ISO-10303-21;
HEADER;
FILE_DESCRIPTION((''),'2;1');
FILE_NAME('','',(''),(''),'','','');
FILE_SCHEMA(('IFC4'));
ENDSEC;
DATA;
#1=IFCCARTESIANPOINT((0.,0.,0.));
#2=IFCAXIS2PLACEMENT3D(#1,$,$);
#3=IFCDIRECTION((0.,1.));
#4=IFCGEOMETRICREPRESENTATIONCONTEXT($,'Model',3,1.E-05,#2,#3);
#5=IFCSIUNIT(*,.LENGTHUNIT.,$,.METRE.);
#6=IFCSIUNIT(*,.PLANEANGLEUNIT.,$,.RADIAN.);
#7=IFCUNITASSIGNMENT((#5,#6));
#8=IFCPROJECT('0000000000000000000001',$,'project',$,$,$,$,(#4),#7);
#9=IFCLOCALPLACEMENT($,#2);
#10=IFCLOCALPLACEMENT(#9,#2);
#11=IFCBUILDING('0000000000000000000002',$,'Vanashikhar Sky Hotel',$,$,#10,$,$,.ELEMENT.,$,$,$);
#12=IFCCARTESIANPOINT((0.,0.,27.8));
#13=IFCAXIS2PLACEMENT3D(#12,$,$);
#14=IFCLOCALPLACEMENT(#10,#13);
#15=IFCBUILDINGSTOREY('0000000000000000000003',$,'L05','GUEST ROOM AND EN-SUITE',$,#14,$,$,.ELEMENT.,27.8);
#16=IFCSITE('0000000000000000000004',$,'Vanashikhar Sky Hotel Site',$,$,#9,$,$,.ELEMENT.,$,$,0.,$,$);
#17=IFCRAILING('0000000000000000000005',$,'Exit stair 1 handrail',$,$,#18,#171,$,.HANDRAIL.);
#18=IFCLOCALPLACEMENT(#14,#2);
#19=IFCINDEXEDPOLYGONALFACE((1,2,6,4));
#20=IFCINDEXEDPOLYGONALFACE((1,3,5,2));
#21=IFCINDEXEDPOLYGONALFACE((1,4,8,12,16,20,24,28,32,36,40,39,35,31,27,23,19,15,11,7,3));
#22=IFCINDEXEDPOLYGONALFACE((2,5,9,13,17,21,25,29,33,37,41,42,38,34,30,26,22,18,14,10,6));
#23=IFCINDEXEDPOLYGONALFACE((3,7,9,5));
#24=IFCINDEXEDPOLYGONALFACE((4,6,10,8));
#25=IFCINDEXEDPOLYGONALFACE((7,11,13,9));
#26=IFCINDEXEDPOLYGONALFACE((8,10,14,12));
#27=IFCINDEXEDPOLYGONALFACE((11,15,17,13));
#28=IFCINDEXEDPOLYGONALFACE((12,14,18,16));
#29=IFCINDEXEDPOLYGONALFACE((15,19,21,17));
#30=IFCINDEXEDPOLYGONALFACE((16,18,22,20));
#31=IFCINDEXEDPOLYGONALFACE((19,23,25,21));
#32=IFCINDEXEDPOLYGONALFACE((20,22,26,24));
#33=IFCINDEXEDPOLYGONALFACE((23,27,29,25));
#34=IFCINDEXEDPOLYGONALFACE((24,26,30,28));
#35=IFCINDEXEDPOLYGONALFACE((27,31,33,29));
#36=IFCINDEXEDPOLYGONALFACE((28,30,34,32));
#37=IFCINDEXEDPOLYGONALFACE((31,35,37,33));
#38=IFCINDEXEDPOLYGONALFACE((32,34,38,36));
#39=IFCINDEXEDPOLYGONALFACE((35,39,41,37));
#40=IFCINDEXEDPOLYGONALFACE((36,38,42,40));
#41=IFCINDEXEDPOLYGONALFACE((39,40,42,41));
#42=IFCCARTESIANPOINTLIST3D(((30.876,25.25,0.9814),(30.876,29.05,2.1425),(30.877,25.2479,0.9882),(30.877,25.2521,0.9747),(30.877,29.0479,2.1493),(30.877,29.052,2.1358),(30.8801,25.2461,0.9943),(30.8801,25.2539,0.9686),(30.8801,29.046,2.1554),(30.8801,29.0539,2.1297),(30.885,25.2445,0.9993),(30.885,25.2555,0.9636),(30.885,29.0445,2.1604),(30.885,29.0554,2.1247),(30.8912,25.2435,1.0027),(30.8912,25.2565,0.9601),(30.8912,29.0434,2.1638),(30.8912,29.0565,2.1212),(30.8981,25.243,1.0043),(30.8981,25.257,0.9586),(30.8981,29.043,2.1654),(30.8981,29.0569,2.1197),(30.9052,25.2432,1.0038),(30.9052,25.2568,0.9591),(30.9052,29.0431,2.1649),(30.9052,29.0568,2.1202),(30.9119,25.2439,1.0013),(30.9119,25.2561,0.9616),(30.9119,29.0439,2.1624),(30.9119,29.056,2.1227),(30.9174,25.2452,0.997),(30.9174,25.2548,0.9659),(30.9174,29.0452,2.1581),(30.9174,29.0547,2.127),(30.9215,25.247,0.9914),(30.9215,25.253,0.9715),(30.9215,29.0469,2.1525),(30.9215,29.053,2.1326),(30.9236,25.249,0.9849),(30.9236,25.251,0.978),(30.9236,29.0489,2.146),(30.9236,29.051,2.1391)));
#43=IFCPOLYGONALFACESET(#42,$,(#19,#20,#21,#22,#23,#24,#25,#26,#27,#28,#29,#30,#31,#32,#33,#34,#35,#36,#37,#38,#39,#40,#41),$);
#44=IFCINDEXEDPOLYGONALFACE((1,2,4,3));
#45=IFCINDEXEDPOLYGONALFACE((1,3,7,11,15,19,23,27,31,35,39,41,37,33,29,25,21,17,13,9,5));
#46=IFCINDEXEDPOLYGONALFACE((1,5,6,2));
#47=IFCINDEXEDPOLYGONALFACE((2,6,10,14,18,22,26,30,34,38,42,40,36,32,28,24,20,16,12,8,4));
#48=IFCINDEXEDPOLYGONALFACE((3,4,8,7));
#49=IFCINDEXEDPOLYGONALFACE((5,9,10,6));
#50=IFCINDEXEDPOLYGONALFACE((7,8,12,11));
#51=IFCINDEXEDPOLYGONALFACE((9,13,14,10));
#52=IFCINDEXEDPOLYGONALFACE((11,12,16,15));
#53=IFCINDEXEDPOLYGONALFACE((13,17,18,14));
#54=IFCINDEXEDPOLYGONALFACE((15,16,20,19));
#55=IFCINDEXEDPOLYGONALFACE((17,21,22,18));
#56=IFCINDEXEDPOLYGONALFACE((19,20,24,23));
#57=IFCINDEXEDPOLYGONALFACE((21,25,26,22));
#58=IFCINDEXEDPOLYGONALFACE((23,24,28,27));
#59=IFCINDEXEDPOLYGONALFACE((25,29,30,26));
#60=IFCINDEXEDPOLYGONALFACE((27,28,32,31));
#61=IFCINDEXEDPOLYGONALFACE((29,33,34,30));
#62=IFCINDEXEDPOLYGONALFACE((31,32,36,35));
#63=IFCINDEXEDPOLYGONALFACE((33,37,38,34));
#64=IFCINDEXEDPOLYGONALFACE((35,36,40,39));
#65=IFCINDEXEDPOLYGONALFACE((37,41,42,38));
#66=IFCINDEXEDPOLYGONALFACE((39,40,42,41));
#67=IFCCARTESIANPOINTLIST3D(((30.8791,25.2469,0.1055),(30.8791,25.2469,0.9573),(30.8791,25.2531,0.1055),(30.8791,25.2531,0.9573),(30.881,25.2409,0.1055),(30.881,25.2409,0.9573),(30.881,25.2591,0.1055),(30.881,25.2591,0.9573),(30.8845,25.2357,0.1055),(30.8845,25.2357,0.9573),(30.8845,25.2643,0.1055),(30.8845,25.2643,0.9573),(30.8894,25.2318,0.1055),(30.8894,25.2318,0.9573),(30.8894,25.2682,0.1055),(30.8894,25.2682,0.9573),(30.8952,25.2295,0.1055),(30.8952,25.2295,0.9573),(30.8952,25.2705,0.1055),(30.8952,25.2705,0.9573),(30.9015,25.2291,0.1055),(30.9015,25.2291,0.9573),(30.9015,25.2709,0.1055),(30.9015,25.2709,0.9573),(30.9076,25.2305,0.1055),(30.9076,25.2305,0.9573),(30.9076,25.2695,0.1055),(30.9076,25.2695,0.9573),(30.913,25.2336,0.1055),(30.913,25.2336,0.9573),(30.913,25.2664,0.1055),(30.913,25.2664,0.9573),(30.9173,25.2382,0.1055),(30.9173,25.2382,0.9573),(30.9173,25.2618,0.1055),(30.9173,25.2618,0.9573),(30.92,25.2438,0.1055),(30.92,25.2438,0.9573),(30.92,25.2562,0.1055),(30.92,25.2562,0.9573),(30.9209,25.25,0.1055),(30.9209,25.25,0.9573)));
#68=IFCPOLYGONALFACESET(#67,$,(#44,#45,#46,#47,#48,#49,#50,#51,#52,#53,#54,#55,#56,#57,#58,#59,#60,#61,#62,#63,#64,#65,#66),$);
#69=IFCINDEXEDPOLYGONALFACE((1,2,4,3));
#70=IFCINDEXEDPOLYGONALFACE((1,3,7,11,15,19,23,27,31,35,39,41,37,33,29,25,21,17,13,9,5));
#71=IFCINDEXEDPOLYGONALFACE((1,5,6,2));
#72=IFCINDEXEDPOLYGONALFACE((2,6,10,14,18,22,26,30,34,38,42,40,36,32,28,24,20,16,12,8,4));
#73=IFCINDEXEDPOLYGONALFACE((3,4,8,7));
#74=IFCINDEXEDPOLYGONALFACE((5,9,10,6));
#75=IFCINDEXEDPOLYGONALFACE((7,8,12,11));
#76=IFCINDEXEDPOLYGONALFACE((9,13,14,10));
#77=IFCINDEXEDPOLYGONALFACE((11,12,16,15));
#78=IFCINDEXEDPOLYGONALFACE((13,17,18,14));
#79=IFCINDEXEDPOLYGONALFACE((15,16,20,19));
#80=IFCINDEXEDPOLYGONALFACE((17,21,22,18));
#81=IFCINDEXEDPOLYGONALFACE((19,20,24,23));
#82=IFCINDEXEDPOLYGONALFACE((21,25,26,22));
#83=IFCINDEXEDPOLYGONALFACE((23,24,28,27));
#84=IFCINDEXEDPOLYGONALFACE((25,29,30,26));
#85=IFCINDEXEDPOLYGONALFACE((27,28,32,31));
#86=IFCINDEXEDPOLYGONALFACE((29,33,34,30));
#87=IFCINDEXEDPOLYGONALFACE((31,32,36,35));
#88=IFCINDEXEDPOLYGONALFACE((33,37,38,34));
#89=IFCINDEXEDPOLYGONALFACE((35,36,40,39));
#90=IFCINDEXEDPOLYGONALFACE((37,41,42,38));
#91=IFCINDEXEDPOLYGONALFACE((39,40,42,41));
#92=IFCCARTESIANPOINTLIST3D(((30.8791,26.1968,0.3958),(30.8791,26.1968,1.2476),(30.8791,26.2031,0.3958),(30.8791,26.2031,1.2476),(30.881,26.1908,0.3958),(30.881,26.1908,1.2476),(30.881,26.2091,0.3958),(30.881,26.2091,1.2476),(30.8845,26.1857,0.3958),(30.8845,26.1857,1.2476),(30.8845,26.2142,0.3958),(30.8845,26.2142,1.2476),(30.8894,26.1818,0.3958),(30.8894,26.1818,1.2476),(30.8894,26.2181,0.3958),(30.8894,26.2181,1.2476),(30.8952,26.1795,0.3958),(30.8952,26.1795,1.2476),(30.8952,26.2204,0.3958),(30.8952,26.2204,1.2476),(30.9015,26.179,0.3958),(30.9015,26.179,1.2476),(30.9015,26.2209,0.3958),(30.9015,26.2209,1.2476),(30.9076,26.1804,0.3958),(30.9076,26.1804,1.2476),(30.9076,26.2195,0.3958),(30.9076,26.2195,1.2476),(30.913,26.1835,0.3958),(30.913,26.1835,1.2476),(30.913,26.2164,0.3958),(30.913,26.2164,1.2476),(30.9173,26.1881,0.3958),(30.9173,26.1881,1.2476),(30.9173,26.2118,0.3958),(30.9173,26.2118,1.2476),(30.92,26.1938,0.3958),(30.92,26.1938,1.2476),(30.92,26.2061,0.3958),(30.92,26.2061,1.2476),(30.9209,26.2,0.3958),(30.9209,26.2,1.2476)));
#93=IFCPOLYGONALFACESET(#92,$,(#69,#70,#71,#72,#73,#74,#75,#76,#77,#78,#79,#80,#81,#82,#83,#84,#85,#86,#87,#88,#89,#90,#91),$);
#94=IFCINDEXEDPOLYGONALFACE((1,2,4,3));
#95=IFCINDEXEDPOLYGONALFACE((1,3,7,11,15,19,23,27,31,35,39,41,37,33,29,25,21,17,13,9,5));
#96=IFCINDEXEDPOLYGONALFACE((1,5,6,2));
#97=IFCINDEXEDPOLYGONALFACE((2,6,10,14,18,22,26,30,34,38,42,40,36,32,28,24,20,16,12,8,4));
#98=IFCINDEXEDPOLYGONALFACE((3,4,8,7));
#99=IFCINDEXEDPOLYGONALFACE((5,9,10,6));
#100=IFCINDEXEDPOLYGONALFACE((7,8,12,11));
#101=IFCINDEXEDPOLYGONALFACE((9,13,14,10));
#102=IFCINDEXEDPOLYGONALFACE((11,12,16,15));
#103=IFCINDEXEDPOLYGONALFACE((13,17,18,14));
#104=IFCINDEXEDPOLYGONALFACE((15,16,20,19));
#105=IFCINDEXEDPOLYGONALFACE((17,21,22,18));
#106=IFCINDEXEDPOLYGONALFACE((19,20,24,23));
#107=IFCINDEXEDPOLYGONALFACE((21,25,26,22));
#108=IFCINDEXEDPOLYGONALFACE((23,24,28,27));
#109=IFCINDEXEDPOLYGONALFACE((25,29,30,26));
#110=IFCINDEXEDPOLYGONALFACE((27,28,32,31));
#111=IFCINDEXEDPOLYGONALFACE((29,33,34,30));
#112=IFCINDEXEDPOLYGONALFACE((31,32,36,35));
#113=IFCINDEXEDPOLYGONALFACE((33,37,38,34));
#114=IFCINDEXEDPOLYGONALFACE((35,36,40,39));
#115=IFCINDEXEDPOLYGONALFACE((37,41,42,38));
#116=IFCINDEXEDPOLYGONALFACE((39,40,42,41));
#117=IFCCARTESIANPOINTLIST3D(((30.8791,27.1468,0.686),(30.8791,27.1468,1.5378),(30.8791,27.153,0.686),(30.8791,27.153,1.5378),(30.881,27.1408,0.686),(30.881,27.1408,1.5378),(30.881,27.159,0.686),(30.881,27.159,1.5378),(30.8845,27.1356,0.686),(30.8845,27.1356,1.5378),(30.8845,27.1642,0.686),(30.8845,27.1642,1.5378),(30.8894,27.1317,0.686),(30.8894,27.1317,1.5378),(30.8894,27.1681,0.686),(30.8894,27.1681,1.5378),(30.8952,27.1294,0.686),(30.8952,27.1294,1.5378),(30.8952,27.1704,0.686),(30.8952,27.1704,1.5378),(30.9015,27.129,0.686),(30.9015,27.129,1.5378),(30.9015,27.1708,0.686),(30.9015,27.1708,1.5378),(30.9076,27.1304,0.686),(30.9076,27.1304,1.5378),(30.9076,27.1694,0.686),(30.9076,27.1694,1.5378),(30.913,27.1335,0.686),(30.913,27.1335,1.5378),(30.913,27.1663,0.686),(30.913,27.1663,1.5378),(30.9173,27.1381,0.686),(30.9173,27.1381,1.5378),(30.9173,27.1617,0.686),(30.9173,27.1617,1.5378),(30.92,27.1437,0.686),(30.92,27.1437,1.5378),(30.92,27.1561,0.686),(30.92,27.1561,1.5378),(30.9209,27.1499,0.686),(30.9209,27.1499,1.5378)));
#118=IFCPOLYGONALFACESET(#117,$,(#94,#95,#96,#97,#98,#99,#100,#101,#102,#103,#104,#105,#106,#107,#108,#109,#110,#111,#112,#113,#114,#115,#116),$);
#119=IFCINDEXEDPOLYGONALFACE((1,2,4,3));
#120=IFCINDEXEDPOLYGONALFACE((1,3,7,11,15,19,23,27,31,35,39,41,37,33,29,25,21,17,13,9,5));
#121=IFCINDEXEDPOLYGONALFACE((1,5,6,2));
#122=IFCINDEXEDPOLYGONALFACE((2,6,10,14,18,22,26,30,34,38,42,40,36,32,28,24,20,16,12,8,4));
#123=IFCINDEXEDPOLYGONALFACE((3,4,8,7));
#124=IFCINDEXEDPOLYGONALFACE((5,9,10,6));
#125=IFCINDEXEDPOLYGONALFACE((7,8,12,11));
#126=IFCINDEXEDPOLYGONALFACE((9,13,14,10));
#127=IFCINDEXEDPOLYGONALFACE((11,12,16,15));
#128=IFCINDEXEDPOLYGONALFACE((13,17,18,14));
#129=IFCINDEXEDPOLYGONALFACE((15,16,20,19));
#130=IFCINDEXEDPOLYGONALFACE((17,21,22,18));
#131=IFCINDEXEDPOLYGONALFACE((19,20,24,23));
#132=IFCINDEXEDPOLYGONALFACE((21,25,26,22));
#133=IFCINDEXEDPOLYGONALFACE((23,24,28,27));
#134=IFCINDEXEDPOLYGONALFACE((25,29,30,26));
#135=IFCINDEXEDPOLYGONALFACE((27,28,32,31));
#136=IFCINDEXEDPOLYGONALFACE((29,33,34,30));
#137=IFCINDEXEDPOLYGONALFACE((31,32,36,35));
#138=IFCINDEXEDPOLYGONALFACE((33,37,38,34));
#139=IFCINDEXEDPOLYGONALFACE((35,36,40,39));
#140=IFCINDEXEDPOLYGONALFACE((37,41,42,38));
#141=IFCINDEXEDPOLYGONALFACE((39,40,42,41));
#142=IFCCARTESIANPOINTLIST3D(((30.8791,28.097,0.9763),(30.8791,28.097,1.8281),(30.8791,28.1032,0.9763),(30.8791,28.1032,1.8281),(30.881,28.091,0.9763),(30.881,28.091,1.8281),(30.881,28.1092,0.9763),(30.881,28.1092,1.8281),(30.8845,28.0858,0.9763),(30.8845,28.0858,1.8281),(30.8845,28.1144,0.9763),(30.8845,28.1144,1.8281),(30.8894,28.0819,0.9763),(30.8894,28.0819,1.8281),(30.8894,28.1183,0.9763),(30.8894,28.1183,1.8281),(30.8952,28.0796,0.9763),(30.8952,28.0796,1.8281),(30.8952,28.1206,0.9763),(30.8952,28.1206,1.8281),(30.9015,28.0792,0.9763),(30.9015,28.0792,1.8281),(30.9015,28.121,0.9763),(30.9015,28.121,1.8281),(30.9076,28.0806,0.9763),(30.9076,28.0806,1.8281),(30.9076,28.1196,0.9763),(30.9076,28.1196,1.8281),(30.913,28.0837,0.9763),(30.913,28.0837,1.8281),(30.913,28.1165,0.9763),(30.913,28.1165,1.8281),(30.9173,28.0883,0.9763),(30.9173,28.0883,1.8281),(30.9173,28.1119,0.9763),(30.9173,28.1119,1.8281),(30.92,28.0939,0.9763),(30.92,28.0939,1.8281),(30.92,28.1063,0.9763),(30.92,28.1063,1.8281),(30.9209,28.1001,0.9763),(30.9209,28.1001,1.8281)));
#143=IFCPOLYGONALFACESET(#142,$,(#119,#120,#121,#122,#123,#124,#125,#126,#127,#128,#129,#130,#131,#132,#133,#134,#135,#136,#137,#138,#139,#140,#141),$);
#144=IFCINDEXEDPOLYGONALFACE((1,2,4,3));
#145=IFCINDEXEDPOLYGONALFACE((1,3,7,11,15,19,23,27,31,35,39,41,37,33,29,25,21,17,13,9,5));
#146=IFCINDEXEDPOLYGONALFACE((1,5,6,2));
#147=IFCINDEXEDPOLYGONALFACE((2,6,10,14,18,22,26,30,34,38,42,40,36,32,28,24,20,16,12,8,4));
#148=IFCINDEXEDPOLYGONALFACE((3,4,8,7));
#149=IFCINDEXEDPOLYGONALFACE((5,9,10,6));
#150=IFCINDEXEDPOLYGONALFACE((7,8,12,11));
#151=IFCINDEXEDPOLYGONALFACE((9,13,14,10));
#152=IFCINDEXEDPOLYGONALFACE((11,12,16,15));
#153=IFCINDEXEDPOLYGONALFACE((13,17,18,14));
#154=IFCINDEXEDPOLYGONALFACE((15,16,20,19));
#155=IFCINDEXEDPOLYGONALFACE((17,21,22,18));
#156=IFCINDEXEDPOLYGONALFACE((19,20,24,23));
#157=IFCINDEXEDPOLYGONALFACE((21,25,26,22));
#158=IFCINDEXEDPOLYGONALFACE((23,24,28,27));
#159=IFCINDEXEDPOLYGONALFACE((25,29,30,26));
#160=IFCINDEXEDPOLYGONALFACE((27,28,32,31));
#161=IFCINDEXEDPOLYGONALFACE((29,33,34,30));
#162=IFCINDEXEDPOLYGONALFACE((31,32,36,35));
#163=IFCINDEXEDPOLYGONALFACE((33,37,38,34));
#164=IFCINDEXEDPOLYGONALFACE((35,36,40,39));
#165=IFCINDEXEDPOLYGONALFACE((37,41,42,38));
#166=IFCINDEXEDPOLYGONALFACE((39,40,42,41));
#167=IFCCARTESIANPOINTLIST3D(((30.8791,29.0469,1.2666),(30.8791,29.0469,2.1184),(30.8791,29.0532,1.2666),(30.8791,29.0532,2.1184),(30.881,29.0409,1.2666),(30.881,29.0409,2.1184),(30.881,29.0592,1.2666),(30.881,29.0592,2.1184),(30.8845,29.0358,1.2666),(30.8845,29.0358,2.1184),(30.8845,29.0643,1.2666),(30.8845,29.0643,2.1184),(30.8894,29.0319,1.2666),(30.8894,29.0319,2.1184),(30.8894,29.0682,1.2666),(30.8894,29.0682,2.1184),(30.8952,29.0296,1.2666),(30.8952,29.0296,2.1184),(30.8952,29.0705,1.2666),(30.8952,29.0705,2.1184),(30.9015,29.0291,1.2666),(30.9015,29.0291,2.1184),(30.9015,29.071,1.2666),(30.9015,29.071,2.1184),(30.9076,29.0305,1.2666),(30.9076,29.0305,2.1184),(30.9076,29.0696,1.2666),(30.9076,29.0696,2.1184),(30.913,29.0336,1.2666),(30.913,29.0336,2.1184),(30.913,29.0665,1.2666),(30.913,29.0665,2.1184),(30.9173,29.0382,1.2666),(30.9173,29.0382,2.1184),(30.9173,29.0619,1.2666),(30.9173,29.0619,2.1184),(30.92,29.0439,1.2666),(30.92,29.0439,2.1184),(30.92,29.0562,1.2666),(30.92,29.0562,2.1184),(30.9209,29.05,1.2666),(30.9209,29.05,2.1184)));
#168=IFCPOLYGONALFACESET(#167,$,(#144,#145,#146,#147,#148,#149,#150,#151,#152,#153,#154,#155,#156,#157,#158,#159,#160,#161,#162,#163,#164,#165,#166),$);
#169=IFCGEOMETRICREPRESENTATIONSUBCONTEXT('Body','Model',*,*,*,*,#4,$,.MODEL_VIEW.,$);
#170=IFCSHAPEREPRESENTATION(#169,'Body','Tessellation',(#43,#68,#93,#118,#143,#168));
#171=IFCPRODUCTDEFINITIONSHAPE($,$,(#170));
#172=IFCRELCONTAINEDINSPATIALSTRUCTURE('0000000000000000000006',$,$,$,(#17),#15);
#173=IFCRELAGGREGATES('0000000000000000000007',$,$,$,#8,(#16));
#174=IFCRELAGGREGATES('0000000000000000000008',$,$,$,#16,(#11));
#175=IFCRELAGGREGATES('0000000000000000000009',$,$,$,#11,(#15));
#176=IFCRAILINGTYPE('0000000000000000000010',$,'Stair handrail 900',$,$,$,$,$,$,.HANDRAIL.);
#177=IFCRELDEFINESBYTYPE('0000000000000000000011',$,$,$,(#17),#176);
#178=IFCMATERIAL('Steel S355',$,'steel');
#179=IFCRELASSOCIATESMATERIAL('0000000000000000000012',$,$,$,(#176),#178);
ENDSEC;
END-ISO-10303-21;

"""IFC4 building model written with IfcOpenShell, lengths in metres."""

from ifc_helpers import new_model, si_unit, direction, frame, origin, origin_2d, place, context, subcontext, project, spatial, circle, extrude, source, transform, mapped, material, type_object, element, save


model = new_model("IFC4")

# Units and contexts
model_context = context("Model", 3, precision=1e-05, world=origin(), true_north=direction((0.0, 1.0)))
body_context = subcontext(model_context, "Body", "Model", "MODEL_VIEW")
ifc_project = project(units=[si_unit("LENGTHUNIT", "METRE"), si_unit("PLANEANGLEUNIT", "RADIAN")], contexts=[model_context])

# Site, building, storey
site_placement = place(None, origin())
site = spatial("IfcSite", under=ifc_project, at=site_placement, Name="Vanashikhar Sky Hotel Site", CompositionType="ELEMENT", RefElevation=0.0)
building_placement = place(site_placement, origin())
building = spatial("IfcBuilding", under=site, at=building_placement, Name="Vanashikhar Sky Hotel", CompositionType="ELEMENT")
storey_placement = place(building_placement, frame((0.0, 0.0, 27.8)))
storey = spatial("IfcBuildingStorey", under=building, at=storey_placement, Name="L05", Description="GUEST ROOM AND EN-SUITE", CompositionType="ELEMENT", Elevation=27.8)

# Railing
ifc_material_1 = material(Name="Steel S355", Category="steel")
railing_type_1 = type_object("IfcRailingType", Name="Stair handrail 900", PredefinedType="HANDRAIL", material=ifc_material_1)
shared_shape_1 = source(origin(), body_context, "Body", "SweptSolid", [
    extrude(circle(Radius=0.0239, at=origin_2d()), frame((0.0, 0.0, 0.876), z_axis=(0.0, 0.956351, 0.29222), x_axis=(-1.0, 0.0, 0.0)), (0.0, 0.0, 1.0), 3.9734),
    extrude(circle(Radius=0.021, at=origin_2d()), origin(), (0.0, 0.0, 1.0), 0.8518),
    extrude(circle(Radius=0.021, at=origin_2d()), frame((0.0, 0.95, 0.2903)), (0.0, 0.0, 1.0), 0.8518),
    extrude(circle(Radius=0.021, at=origin_2d()), frame((0.0, 1.8999, 0.5806)), (0.0, 0.0, 1.0), 0.8518),
    extrude(circle(Radius=0.021, at=origin_2d()), frame((0.0, 2.8501, 0.8708)), (0.0, 0.0, 1.0), 0.8518),
    extrude(circle(Radius=0.021, at=origin_2d()), frame((0.0, 3.8, 1.1611)), (0.0, 0.0, 1.0), 0.8518),
])
for number, where, name in (
    (1, (30.8999, 25.25, 0.1055), "Exit stair 1 handrail"),
):
    element("IfcRailing", number, at=place(storey_placement, frame(where)), inside=storey, type_object=railing_type_1, Name=name, PredefinedType="HANDRAIL", context=body_context, shape_type="MappedRepresentation", body=[
        mapped(shared_shape_1, transform((0.0, 0.0, 0.0), scale=1.0)),
    ])

save(model, "model.ifc")
